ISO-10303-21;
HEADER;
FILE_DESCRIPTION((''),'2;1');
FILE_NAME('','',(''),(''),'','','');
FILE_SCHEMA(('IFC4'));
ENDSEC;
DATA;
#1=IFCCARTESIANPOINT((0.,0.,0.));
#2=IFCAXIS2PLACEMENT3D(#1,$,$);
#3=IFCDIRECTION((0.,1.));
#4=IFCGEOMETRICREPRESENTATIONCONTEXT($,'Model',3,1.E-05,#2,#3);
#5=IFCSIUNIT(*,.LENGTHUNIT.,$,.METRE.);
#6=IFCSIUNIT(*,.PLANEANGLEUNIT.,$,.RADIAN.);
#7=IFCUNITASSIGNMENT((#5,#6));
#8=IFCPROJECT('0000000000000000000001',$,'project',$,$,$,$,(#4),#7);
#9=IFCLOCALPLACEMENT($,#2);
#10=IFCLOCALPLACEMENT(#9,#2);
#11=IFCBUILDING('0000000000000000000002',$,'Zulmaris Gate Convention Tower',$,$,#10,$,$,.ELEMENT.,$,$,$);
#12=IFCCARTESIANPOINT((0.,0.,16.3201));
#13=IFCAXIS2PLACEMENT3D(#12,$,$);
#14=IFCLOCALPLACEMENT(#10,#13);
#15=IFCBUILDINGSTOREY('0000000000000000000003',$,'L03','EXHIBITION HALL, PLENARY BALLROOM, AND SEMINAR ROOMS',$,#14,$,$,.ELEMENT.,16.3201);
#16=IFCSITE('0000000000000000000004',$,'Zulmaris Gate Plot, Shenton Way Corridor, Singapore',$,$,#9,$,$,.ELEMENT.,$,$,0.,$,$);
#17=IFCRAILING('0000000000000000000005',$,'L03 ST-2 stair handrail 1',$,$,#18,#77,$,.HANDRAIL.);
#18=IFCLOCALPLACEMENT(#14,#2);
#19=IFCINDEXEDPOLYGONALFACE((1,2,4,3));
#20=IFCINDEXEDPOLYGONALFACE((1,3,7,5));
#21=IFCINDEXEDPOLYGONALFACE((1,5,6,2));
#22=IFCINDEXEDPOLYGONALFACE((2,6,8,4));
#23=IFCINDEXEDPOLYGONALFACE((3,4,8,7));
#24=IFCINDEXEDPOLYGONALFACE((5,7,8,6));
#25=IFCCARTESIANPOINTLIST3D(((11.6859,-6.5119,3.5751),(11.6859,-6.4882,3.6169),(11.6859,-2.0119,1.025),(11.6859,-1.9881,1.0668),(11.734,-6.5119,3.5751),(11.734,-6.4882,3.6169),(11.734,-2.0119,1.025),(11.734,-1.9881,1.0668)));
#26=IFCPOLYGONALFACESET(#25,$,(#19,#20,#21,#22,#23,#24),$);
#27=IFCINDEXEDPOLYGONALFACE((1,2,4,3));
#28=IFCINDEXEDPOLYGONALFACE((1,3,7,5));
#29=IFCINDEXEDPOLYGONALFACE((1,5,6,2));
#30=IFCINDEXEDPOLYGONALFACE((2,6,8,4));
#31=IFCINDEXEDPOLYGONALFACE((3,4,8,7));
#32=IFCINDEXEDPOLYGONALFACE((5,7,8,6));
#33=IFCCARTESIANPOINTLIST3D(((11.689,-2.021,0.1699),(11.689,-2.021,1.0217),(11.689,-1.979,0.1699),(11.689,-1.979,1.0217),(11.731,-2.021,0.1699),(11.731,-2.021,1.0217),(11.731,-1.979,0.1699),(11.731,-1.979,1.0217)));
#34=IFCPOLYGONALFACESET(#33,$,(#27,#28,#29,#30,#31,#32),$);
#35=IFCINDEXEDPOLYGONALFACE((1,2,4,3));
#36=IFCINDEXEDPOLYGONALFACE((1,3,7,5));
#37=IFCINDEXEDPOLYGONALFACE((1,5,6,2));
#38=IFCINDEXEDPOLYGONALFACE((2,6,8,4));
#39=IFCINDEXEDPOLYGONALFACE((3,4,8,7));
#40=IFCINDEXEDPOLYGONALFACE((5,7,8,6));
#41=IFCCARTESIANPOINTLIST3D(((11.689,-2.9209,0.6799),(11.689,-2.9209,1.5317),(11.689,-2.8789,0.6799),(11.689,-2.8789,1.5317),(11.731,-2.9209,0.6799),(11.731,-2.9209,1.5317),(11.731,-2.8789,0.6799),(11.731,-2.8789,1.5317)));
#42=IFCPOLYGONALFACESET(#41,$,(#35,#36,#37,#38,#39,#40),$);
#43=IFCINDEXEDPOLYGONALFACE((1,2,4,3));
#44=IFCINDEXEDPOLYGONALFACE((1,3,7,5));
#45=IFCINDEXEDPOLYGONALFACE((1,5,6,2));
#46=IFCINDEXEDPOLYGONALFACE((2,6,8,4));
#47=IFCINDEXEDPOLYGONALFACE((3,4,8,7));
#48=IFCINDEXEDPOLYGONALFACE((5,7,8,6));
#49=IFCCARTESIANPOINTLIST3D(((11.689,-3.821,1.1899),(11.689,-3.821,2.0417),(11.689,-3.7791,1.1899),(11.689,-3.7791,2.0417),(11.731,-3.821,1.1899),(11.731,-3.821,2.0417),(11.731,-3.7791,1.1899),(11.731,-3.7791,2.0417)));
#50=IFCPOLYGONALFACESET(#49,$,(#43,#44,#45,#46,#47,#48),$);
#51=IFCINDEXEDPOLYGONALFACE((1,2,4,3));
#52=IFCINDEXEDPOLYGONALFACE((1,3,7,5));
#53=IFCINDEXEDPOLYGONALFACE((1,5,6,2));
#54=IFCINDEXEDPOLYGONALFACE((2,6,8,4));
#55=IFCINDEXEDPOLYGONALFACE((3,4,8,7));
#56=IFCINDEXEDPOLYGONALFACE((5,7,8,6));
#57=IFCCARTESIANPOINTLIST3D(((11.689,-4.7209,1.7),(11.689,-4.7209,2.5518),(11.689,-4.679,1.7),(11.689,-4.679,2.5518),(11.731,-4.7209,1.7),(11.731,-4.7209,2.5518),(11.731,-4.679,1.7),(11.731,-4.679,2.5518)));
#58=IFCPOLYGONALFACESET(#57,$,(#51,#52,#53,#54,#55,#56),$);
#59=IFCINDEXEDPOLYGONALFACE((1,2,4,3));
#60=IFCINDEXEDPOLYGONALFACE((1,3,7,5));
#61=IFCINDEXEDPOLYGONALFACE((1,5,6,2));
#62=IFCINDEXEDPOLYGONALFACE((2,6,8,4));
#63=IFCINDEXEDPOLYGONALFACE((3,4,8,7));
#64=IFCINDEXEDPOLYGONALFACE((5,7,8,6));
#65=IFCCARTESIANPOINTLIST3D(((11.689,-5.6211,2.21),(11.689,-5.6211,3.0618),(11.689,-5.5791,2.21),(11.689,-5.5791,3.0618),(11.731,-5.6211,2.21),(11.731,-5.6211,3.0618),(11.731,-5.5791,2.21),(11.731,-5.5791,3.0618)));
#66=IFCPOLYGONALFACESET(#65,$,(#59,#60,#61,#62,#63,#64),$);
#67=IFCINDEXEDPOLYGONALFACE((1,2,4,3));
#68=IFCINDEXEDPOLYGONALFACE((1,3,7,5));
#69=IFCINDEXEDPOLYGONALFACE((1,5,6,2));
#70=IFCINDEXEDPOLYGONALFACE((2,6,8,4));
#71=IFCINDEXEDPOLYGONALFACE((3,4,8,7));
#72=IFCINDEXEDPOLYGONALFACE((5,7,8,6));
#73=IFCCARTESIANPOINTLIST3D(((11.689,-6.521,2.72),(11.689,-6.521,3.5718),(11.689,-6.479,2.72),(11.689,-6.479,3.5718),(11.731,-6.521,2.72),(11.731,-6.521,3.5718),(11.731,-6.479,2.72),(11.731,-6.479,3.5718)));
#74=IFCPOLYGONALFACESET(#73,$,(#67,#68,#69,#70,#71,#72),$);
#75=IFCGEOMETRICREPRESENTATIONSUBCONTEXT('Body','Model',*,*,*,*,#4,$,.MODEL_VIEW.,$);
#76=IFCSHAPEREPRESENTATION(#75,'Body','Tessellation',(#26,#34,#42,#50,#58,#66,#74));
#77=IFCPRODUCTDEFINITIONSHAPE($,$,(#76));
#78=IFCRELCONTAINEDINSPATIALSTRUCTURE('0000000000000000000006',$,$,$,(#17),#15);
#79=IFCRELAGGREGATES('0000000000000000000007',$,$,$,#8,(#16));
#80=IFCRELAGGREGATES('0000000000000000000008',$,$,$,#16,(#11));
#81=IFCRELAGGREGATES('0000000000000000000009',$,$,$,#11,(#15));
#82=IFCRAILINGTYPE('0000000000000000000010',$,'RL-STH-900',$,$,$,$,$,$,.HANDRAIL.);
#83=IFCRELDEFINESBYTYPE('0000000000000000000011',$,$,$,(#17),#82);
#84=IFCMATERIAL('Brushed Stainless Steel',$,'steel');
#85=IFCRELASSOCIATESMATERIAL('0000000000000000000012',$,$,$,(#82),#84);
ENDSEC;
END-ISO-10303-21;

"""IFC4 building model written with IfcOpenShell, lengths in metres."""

from ifc_helpers import new_model, si_unit, direction, frame, origin, origin_2d, place, context, subcontext, project, spatial, rectangle, extrude, material, type_object, element, save


model = new_model("IFC4")

# Units and contexts
model_context = context("Model", 3, precision=1e-05, world=origin(), true_north=direction((0.0, 1.0)))
body_context = subcontext(model_context, "Body", "Model", "MODEL_VIEW")
ifc_project = project(units=[si_unit("LENGTHUNIT", "METRE"), si_unit("PLANEANGLEUNIT", "RADIAN")], contexts=[model_context])

# Site, building, storey
site_placement = place(None, origin())
site = spatial("IfcSite", under=ifc_project, at=site_placement, Name="Zulmaris Gate Plot, Shenton Way Corridor, Singapore", CompositionType="ELEMENT", RefElevation=0.0)
building_placement = place(site_placement, origin())
building = spatial("IfcBuilding", under=site, at=building_placement, Name="Zulmaris Gate Convention Tower", CompositionType="ELEMENT")
storey_placement = place(building_placement, frame((0.0, 0.0, 16.3201)))
storey = spatial("IfcBuildingStorey", under=building, at=storey_placement, Name="L03", Description="EXHIBITION HALL, PLENARY BALLROOM, AND SEMINAR ROOMS", CompositionType="ELEMENT", Elevation=16.3201)

# Railing
ifc_material_1 = material(Name="Brushed Stainless Steel", Category="steel")
railing_type = type_object("IfcRailingType", Name="RL-STH-900", PredefinedType="HANDRAIL", material=ifc_material_1)
railing_placement = place(storey_placement, frame((11.71, -2.0, 0.1699)))
element("IfcRailing", 1, at=railing_placement, inside=storey, type_object=railing_type, Name="L03 ST-2 stair handrail 1", PredefinedType="HANDRAIL", context=body_context, shape_type="SweptSolid", body=[
    extrude(rectangle(XDim=0.0481, YDim=0.0481, at=origin_2d()), frame((0.0, 0.0, 0.876), z_axis=(0.0, -0.870018, 0.49302), x_axis=(1.0, 0.0, 0.0)), (0.0, 0.0, 1.0), 5.1724),
    extrude(rectangle(XDim=0.042, YDim=0.042, at=origin_2d()), origin(), (0.0, 0.0, 1.0), 0.8518),
    extrude(rectangle(XDim=0.042, YDim=0.042, at=origin_2d()), frame((0.0, -0.8999, 0.51)), (0.0, 0.0, 1.0), 0.8518),
    extrude(rectangle(XDim=0.042, YDim=0.042, at=origin_2d()), frame((0.0, -1.8, 1.02)), (0.0, 0.0, 1.0), 0.8518),
    extrude(rectangle(XDim=0.042, YDim=0.042, at=origin_2d()), frame((0.0, -2.7, 1.53)), (0.0, 0.0, 1.0), 0.8518),
    extrude(rectangle(XDim=0.042, YDim=0.042, at=origin_2d()), frame((0.0, -3.6001, 2.04)), (0.0, 0.0, 1.0), 0.8518),
    extrude(rectangle(XDim=0.042, YDim=0.042, at=origin_2d()), frame((0.0, -4.5, 2.55)), (0.0, 0.0, 1.0), 0.8518),
])

save(model, "model.ifc")
